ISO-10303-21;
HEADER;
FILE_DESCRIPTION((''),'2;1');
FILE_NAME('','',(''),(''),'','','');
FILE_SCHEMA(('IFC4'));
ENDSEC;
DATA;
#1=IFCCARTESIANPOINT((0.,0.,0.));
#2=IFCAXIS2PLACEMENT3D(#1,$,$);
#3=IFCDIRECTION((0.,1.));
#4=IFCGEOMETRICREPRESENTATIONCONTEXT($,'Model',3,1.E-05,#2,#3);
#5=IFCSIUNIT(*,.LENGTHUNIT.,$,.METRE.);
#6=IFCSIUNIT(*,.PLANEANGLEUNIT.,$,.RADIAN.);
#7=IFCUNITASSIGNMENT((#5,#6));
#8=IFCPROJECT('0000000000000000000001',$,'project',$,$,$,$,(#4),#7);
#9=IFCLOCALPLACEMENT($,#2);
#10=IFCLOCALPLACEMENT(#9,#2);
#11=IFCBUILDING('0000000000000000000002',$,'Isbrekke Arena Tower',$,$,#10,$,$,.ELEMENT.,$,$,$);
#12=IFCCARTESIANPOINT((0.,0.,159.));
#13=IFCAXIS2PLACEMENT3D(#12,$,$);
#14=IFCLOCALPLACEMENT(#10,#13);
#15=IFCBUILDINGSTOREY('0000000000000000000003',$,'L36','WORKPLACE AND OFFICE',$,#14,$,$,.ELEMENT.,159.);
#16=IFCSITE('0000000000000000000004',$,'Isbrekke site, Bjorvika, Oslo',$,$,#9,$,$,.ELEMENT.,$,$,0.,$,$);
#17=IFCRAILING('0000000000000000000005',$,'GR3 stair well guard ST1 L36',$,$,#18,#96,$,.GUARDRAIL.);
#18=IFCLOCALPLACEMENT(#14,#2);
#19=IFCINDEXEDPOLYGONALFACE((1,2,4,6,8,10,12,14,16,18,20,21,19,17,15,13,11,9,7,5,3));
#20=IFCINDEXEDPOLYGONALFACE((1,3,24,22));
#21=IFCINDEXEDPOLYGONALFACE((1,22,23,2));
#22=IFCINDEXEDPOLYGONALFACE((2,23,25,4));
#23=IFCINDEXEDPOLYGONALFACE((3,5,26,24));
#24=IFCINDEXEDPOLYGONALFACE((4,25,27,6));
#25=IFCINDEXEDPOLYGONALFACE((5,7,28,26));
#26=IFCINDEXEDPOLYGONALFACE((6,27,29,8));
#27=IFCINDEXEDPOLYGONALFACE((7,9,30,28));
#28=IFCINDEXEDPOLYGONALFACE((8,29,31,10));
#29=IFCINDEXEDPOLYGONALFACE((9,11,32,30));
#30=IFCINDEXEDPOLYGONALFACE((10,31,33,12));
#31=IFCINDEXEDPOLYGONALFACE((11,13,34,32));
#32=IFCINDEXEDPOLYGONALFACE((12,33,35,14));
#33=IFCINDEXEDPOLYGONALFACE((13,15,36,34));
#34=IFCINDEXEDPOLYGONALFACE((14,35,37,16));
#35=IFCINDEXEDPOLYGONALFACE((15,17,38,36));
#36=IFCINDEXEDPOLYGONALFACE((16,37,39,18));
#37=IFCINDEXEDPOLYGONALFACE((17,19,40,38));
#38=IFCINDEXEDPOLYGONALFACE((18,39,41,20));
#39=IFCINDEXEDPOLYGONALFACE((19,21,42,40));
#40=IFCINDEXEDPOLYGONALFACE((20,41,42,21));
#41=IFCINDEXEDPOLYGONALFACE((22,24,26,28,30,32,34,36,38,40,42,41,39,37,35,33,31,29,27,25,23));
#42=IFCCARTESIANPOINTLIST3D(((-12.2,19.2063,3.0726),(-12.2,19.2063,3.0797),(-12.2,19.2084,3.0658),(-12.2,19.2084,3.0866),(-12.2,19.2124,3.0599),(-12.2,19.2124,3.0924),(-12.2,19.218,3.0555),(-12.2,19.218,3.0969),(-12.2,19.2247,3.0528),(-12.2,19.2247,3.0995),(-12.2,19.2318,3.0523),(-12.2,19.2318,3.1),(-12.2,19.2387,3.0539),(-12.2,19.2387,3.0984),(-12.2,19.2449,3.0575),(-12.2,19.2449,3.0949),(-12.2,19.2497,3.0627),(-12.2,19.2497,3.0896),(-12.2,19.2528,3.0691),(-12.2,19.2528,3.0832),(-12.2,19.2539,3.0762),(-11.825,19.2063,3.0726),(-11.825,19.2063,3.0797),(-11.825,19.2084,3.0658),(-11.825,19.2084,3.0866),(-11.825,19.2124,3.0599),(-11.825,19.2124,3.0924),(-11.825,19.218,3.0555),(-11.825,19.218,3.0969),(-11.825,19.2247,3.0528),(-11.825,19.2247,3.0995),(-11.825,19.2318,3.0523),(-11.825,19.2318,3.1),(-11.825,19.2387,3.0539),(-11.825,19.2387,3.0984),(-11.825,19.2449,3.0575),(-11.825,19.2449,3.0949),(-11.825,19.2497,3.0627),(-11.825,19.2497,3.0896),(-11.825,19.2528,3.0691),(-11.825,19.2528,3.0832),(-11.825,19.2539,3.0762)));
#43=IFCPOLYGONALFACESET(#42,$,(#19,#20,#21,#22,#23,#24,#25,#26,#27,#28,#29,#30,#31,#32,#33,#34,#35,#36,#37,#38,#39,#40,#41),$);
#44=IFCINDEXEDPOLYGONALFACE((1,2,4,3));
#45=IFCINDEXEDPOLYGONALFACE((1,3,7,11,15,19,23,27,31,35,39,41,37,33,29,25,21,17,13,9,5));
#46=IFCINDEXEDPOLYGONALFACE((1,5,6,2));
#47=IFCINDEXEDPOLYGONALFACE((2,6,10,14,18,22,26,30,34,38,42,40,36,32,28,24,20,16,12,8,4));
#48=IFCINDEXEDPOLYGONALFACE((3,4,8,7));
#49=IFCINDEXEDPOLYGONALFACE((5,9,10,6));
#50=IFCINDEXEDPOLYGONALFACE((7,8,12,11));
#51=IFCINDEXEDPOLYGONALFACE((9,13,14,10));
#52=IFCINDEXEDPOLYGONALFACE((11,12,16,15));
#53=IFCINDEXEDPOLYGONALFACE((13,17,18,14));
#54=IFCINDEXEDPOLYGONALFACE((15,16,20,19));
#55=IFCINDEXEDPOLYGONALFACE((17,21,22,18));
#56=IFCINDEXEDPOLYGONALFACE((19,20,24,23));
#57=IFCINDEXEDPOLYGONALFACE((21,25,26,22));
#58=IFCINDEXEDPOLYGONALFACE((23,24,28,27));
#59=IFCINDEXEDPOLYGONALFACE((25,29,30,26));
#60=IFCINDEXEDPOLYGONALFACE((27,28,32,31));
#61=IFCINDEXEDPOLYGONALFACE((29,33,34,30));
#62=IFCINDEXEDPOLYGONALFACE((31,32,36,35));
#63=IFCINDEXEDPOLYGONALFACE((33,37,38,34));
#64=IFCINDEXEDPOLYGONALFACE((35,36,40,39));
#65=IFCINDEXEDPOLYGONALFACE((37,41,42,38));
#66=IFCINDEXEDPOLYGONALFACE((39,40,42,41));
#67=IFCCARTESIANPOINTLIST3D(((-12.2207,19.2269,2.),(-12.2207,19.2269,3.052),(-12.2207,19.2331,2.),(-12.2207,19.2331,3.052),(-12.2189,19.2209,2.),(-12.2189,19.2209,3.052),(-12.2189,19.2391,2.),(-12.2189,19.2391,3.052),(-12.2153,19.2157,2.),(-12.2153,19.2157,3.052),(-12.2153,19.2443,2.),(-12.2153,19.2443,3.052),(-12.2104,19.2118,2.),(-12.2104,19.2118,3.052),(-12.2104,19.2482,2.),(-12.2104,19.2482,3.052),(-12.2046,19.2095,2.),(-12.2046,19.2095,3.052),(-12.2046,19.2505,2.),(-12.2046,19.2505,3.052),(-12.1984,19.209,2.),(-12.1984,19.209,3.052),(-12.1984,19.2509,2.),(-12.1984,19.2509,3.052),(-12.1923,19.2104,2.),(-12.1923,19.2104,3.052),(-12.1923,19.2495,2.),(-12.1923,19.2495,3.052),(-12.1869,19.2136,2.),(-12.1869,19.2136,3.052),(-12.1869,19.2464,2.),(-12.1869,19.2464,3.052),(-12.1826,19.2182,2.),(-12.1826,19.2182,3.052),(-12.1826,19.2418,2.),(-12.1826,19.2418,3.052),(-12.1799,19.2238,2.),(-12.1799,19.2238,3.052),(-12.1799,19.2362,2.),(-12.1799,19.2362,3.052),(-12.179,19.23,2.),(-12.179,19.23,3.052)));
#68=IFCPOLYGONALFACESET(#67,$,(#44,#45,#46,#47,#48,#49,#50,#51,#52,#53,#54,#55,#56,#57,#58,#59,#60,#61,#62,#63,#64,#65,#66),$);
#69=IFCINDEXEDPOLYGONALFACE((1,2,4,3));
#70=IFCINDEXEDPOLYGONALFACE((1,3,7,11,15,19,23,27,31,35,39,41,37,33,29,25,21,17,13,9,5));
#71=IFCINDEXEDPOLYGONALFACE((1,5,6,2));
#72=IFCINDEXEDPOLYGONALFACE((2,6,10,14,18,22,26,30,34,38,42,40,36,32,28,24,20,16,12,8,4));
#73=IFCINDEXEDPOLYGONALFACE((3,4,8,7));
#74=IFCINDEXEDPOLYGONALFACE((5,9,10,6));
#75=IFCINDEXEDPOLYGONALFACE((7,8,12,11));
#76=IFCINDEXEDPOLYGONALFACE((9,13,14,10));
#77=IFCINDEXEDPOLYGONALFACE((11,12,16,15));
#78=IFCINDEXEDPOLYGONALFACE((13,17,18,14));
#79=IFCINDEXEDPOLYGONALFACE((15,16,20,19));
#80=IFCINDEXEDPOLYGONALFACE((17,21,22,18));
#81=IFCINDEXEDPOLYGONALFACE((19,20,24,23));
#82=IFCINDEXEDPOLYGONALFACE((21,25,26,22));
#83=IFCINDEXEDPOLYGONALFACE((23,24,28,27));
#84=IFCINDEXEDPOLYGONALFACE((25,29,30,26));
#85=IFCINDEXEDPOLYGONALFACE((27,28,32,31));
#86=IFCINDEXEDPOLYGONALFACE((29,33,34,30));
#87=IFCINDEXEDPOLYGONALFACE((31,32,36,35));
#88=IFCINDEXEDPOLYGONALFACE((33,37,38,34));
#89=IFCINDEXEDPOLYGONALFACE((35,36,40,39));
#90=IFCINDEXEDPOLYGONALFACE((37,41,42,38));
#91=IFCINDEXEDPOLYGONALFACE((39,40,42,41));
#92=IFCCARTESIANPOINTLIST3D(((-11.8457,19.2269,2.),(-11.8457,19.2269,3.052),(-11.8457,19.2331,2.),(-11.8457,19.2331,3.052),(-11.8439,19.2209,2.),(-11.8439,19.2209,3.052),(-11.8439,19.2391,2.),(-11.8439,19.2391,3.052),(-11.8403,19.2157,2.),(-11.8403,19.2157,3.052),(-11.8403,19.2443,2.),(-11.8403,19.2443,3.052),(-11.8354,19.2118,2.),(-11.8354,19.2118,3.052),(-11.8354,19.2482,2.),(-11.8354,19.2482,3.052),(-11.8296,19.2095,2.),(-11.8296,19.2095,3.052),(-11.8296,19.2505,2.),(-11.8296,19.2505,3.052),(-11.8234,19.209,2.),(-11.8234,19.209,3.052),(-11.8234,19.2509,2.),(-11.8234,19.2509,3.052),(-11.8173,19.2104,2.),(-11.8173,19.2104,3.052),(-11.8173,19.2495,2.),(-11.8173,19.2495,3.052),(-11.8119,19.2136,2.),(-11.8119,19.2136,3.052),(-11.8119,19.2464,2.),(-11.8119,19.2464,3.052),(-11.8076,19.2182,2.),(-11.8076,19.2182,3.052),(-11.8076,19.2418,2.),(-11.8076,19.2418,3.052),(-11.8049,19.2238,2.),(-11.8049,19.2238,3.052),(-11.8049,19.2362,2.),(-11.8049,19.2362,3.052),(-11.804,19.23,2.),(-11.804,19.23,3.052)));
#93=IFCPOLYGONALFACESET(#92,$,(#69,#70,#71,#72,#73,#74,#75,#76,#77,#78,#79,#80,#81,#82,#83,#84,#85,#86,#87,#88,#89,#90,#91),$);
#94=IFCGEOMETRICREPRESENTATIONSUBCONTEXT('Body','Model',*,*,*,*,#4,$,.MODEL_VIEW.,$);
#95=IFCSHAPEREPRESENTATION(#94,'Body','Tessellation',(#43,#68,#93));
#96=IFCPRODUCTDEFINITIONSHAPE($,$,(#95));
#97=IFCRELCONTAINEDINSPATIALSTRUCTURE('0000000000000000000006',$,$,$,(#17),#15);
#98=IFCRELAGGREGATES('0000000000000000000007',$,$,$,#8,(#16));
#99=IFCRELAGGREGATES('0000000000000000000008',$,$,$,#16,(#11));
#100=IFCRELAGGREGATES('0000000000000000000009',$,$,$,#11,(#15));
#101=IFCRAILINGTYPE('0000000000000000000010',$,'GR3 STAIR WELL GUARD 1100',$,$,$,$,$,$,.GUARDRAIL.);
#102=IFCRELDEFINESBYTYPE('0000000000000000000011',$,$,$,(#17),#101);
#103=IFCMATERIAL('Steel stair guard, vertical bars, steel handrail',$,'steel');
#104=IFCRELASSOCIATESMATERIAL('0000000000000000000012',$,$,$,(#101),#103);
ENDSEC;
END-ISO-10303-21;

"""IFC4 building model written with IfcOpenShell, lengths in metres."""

from ifc_helpers import new_model, si_unit, direction, frame, origin, origin_2d, place, context, subcontext, project, spatial, circle, extrude, material, type_object, element, save


model = new_model("IFC4")

# Units and contexts
model_context = context("Model", 3, precision=1e-05, world=origin(), true_north=direction((0.0, 1.0)))
body_context = subcontext(model_context, "Body", "Model", "MODEL_VIEW")
ifc_project = project(units=[si_unit("LENGTHUNIT", "METRE"), si_unit("PLANEANGLEUNIT", "RADIAN")], contexts=[model_context])

# Site, building, storey
site_placement = place(None, origin())
site = spatial("IfcSite", under=ifc_project, at=site_placement, Name="Isbrekke site, Bjorvika, Oslo", CompositionType="ELEMENT", RefElevation=0.0)
building_placement = place(site_placement, origin())
building = spatial("IfcBuilding", under=site, at=building_placement, Name="Isbrekke Arena Tower", CompositionType="ELEMENT")
storey_placement = place(building_placement, frame((0.0, 0.0, 159.0)))
storey = spatial("IfcBuildingStorey", under=building, at=storey_placement, Name="L36", Description="WORKPLACE AND OFFICE", CompositionType="ELEMENT", Elevation=159.0)

# Railing
ifc_material_1 = material(Name="Steel stair guard, vertical bars, steel handrail", Category="steel")
railing_type = type_object("IfcRailingType", Name="GR3 STAIR WELL GUARD 1100", PredefinedType="GUARDRAIL", material=ifc_material_1)
for number, where, name in (
    (1, (-12.2, 19.23, 2.0), "GR3 stair well guard ST1 L36"),
):
    element("IfcRailing", number, at=place(storey_placement, frame(where)), inside=storey, type_object=railing_type, Name=name, PredefinedType="GUARDRAIL", context=body_context, shape_type="SweptSolid", body=[
        extrude(circle(Radius=0.0239, at=origin_2d()), frame((0.0, 0.0, 1.0762), z_axis=(1.0, 0.0, 0.0), x_axis=(0.0, 1.0, 0.0)), (0.0, 0.0, 1.0), 0.375),
        extrude(circle(Radius=0.021, at=origin_2d()), origin(), (0.0, 0.0, 1.0), 1.052),
        extrude(circle(Radius=0.021, at=origin_2d()), frame((0.375, 0.0, 0.0)), (0.0, 0.0, 1.0), 1.052),
    ])

save(model, "model.ifc")
